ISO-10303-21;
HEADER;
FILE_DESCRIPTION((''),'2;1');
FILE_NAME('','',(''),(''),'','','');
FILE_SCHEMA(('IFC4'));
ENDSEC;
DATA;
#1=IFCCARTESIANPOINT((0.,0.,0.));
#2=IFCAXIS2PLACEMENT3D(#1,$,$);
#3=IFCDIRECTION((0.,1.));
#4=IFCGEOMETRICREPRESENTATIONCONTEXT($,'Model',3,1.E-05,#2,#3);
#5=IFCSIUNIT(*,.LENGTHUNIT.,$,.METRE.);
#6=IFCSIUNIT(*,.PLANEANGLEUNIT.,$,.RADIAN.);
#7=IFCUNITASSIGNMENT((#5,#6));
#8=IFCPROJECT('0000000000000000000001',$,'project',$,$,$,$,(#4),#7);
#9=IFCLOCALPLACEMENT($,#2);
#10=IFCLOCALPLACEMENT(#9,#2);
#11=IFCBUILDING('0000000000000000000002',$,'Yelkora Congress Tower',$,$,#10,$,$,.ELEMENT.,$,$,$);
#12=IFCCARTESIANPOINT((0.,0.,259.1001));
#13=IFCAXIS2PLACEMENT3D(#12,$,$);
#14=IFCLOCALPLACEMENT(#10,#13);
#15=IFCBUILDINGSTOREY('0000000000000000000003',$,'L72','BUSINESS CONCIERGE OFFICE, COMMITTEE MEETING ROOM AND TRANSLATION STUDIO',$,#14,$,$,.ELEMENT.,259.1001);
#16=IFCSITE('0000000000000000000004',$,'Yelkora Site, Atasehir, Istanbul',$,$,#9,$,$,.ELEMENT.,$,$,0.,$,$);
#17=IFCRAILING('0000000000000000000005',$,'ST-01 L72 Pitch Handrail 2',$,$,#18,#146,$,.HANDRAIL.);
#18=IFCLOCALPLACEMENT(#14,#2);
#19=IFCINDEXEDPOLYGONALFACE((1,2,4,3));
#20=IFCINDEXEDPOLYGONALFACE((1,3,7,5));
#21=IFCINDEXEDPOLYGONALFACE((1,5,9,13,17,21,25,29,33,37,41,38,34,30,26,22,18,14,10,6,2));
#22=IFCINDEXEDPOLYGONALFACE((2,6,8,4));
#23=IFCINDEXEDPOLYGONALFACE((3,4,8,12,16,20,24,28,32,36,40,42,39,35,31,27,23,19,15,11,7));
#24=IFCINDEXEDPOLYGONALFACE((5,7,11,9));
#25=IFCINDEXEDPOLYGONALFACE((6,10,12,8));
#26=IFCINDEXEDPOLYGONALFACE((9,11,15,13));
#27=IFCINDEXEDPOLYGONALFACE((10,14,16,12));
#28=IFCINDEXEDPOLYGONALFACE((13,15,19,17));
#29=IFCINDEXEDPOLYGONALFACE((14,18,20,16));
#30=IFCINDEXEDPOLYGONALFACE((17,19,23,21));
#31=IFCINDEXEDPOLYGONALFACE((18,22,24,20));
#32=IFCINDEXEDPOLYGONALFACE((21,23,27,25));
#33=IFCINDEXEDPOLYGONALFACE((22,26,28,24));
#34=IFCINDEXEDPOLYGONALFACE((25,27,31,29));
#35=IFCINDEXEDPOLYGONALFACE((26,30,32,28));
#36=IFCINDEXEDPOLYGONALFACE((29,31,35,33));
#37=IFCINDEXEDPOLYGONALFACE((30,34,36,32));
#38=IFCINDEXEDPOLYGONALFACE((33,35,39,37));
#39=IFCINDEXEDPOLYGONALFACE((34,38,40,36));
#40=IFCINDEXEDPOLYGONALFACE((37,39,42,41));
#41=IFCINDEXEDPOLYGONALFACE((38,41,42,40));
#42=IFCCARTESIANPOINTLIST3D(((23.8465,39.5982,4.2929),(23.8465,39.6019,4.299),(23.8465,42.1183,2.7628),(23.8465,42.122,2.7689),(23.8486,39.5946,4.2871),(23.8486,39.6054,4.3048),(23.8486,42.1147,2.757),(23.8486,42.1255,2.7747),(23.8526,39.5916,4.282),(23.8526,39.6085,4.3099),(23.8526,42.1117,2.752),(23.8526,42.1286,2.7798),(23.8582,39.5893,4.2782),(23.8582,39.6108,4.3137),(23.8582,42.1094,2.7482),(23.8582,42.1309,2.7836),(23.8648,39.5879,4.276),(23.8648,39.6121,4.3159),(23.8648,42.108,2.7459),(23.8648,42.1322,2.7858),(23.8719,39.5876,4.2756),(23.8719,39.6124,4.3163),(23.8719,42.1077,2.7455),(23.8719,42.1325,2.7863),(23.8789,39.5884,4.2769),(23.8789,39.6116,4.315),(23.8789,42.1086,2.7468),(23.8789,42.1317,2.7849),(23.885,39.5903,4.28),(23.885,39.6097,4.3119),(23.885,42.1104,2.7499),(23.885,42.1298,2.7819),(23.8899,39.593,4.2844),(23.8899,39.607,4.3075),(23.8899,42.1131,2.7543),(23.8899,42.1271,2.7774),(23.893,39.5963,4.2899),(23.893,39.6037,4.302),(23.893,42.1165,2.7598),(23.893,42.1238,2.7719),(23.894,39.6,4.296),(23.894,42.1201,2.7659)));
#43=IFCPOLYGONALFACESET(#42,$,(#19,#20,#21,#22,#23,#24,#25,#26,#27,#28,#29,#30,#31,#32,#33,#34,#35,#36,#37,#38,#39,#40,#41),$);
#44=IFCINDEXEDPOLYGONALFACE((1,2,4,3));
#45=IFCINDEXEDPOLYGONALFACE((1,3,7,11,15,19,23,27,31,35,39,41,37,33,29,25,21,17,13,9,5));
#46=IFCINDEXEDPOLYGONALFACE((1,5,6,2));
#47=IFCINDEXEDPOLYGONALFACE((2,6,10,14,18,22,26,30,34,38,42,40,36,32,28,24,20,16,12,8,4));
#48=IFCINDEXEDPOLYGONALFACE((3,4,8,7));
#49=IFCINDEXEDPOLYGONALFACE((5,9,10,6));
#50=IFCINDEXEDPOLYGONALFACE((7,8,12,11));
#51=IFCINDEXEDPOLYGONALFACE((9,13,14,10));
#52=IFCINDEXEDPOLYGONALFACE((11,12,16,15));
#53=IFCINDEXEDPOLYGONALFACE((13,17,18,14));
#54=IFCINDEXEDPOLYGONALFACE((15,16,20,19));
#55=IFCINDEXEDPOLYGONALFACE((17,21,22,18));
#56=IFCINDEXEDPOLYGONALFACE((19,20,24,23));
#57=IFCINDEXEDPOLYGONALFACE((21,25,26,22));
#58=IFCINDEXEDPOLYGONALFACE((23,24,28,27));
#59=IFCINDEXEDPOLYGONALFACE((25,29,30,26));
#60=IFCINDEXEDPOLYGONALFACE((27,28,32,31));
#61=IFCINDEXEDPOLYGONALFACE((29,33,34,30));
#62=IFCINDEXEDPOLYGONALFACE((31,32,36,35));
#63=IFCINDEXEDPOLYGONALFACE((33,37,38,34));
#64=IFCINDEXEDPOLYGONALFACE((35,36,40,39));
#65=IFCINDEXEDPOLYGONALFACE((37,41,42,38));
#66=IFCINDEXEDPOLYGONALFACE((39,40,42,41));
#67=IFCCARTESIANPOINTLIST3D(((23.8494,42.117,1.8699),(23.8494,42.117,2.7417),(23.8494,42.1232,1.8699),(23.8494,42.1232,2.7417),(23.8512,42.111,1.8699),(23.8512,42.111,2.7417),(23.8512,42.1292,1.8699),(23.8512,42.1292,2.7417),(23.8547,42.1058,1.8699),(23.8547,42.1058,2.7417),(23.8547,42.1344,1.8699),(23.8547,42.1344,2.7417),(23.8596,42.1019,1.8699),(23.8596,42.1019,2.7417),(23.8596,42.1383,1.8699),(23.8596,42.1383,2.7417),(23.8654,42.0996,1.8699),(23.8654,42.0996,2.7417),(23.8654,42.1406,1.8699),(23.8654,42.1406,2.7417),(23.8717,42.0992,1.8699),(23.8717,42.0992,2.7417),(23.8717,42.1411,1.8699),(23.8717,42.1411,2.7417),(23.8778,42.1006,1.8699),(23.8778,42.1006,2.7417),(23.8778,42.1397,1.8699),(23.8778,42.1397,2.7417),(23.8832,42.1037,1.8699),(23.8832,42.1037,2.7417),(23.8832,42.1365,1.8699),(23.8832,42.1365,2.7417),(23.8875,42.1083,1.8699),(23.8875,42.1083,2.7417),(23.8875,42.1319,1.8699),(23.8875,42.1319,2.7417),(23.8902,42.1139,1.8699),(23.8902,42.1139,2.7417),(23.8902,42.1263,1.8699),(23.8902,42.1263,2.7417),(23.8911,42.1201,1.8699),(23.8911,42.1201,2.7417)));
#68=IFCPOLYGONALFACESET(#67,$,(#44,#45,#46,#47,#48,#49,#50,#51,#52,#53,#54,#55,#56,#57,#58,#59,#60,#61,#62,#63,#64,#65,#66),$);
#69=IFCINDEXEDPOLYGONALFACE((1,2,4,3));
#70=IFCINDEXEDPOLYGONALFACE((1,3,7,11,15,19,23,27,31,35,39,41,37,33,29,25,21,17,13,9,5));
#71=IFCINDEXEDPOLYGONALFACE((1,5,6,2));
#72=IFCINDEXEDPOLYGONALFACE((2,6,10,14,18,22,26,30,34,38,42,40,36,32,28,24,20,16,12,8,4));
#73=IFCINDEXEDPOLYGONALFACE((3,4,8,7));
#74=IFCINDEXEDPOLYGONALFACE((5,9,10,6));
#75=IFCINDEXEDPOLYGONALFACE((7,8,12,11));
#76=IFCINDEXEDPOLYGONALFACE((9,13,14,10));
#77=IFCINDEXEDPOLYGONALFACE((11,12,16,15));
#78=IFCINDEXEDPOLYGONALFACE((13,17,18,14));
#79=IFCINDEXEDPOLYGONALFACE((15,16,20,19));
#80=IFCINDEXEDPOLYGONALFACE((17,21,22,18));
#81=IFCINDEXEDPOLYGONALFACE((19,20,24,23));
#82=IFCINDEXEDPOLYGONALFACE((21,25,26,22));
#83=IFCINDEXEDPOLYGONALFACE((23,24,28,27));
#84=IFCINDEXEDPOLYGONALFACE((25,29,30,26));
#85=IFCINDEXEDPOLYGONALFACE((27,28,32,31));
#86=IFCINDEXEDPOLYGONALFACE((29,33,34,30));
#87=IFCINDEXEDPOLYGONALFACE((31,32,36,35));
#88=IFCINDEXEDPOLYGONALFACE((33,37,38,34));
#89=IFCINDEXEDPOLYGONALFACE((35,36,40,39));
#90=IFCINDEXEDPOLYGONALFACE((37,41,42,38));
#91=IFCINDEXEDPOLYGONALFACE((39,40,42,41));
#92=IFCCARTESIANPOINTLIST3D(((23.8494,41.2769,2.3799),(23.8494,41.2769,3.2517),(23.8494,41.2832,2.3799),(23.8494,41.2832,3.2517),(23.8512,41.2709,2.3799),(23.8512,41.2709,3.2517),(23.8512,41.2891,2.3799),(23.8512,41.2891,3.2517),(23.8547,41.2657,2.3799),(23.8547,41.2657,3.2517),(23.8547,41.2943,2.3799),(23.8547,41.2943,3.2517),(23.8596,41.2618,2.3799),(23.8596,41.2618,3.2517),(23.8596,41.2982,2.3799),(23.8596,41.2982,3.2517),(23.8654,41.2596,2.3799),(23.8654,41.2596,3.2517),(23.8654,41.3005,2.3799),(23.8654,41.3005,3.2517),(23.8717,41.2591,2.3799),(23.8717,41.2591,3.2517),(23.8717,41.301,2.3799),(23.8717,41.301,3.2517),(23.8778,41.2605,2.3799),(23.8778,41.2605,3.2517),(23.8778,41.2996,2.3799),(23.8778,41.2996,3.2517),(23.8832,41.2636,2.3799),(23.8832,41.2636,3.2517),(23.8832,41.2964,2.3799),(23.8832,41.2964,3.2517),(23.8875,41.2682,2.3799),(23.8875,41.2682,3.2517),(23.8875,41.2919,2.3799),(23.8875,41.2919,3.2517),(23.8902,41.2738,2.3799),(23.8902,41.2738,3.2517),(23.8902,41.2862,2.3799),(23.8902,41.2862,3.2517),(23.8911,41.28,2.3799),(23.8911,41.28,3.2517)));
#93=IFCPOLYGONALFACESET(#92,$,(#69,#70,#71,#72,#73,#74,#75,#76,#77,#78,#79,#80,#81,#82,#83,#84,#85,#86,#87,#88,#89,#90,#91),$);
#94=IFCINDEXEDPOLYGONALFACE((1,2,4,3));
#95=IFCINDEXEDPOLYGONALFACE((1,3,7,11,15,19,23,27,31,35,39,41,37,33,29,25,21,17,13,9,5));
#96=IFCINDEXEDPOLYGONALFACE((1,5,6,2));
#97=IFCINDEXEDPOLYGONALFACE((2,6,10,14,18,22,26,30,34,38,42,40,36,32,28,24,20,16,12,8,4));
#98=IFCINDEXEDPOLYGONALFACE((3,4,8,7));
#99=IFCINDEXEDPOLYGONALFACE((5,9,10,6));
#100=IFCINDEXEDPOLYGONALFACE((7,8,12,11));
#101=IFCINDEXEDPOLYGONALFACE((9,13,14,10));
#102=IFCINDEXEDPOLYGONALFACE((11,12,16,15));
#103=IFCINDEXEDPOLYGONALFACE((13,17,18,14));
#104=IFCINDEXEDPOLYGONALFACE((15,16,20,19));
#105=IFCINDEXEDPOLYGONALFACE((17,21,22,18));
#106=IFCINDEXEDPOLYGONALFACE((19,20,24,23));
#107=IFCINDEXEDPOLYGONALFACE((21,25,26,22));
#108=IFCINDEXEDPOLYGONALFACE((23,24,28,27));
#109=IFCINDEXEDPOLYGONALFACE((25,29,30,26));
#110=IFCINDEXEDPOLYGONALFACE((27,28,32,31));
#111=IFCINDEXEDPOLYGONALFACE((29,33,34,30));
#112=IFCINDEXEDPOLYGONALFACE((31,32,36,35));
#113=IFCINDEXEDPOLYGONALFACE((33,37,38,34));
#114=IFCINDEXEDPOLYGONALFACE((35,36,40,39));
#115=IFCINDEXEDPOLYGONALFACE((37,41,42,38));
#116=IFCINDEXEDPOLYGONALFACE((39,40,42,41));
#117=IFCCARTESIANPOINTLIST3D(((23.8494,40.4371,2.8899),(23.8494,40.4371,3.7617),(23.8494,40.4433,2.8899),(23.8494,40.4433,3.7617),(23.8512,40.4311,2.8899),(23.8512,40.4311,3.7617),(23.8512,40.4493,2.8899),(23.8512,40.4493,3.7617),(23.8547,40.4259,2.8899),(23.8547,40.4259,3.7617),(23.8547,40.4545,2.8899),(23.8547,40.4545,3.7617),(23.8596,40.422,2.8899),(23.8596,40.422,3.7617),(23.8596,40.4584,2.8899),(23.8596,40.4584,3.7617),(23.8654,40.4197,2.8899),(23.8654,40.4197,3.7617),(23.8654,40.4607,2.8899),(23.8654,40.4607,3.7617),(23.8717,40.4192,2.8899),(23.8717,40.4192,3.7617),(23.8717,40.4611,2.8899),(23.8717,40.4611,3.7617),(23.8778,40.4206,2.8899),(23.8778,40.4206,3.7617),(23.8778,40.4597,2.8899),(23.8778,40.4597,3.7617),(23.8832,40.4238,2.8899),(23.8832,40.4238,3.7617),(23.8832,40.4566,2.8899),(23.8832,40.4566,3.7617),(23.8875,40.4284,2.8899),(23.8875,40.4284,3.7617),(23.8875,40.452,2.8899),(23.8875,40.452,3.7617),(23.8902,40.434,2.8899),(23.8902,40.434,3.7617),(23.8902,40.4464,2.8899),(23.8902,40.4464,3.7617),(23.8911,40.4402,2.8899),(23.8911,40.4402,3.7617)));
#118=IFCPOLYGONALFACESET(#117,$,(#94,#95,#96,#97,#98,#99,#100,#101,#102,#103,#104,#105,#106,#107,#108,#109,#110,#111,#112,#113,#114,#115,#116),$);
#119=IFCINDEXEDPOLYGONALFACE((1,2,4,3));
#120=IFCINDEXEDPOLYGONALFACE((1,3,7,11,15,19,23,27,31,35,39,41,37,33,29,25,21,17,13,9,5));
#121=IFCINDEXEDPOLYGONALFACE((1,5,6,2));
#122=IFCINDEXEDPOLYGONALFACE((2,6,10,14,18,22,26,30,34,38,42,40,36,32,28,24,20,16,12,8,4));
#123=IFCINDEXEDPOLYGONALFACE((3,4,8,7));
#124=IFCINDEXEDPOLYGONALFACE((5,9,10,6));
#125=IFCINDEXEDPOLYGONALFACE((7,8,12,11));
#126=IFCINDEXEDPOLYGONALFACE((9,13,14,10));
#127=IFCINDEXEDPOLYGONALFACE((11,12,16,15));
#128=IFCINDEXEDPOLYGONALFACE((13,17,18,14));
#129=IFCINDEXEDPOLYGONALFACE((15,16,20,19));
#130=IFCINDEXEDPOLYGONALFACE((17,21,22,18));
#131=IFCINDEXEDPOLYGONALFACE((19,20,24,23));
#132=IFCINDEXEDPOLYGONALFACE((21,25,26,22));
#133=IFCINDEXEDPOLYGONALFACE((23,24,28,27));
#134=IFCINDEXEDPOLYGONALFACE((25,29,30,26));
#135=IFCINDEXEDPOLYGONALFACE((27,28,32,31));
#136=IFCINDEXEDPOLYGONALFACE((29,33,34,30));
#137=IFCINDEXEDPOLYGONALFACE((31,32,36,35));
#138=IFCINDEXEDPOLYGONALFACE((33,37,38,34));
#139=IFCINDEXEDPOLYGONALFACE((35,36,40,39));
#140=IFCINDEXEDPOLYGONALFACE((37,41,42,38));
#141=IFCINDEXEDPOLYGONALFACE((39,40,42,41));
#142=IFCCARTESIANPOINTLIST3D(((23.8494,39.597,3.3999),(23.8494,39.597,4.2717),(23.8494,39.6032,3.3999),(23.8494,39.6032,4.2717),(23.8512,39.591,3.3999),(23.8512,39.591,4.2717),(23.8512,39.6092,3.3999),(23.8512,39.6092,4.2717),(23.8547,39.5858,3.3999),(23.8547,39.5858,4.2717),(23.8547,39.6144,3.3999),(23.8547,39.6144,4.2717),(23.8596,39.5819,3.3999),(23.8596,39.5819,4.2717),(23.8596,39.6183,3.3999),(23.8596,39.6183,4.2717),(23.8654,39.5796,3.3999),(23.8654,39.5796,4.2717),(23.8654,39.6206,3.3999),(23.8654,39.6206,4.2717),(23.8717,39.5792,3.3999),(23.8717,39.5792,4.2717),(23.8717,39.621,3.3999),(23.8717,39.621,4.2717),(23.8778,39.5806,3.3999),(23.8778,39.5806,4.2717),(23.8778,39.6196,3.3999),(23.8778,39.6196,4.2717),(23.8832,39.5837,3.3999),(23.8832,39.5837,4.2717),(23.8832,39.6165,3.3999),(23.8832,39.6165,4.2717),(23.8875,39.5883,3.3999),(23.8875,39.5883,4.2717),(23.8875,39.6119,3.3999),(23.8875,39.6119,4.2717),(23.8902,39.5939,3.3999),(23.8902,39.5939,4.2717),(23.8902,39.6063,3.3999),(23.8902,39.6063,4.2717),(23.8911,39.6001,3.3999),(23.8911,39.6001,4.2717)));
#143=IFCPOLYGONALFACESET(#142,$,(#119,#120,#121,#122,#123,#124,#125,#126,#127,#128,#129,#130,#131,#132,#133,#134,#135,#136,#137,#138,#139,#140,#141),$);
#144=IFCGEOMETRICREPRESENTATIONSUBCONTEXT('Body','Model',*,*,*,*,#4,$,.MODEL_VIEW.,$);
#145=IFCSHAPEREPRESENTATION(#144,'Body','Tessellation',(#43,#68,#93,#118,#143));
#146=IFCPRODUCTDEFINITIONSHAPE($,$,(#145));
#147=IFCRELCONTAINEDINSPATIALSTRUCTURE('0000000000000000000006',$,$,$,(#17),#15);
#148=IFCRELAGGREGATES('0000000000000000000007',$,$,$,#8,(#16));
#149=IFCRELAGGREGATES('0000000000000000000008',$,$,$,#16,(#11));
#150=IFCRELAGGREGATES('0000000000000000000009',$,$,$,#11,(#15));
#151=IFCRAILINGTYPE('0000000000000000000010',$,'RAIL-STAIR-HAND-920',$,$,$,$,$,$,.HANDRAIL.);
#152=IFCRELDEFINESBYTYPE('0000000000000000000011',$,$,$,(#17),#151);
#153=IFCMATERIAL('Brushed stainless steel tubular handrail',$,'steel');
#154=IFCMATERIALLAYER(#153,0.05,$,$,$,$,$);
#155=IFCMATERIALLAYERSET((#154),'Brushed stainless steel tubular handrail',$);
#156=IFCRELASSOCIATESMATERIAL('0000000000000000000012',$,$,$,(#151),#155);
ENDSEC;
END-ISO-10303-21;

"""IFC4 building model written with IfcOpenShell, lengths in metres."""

from ifc_helpers import new_model, si_unit, direction, frame, origin, origin_2d, place, context, subcontext, project, spatial, circle, extrude, material, layer, layer_set, type_object, element, save


model = new_model("IFC4")

# Units and contexts
model_context = context("Model", 3, precision=1e-05, world=origin(), true_north=direction((0.0, 1.0)))
body_context = subcontext(model_context, "Body", "Model", "MODEL_VIEW")
ifc_project = project(units=[si_unit("LENGTHUNIT", "METRE"), si_unit("PLANEANGLEUNIT", "RADIAN")], contexts=[model_context])

# Site, building, storey
site_placement = place(None, origin())
site = spatial("IfcSite", under=ifc_project, at=site_placement, Name="Yelkora Site, Atasehir, Istanbul", CompositionType="ELEMENT", RefElevation=0.0)
building_placement = place(site_placement, origin())
building = spatial("IfcBuilding", under=site, at=building_placement, Name="Yelkora Congress Tower", CompositionType="ELEMENT")
storey_placement = place(building_placement, frame((0.0, 0.0, 259.1001)))
storey = spatial("IfcBuildingStorey", under=building, at=storey_placement, Name="L72", Description="BUSINESS CONCIERGE OFFICE, COMMITTEE MEETING ROOM AND TRANSLATION STUDIO", CompositionType="ELEMENT", Elevation=259.1001)

# Railing
ifc_material_1 = material(Name="Brushed stainless steel tubular handrail", Category="steel")
ifc_layer_1 = layer(ifc_material_1, 0.05)
ifc_layer_set_1 = layer_set([ifc_layer_1], Name="Brushed stainless steel tubular handrail")
railing_type_1 = type_object("IfcRailingType", Name="RAIL-STAIR-HAND-920", PredefinedType="HANDRAIL", material=ifc_layer_set_1)
railing_1_placement = place(storey_placement, frame((23.8701, 42.1201, 1.8699)))
element("IfcRailing", 1, at=railing_1_placement, inside=storey, type_object=railing_type_1, Name="ST-01 L72 Pitch Handrail 2", PredefinedType="HANDRAIL", context=body_context, shape_type="SweptSolid", body=[
    extrude(circle(Radius=0.0239, at=origin_2d()), frame((0.0, 0.0, 0.896), z_axis=(0.0, -0.854785, 0.518982), x_axis=(1.0, 0.0, 0.0)), (0.0, 0.0, 1.0), 2.9482),
    extrude(circle(Radius=0.021, at=origin_2d()), origin(), (0.0, 0.0, 1.0), 0.8718),
    extrude(circle(Radius=0.021, at=origin_2d()), frame((0.0, -0.8401, 0.51)), (0.0, 0.0, 1.0), 0.8718),
    extrude(circle(Radius=0.021, at=origin_2d()), frame((0.0, -1.6799, 1.02)), (0.0, 0.0, 1.0), 0.8718),
    extrude(circle(Radius=0.021, at=origin_2d()), frame((0.0, -2.52, 1.53)), (0.0, 0.0, 1.0), 0.8718),
])

save(model, "model.ifc")
